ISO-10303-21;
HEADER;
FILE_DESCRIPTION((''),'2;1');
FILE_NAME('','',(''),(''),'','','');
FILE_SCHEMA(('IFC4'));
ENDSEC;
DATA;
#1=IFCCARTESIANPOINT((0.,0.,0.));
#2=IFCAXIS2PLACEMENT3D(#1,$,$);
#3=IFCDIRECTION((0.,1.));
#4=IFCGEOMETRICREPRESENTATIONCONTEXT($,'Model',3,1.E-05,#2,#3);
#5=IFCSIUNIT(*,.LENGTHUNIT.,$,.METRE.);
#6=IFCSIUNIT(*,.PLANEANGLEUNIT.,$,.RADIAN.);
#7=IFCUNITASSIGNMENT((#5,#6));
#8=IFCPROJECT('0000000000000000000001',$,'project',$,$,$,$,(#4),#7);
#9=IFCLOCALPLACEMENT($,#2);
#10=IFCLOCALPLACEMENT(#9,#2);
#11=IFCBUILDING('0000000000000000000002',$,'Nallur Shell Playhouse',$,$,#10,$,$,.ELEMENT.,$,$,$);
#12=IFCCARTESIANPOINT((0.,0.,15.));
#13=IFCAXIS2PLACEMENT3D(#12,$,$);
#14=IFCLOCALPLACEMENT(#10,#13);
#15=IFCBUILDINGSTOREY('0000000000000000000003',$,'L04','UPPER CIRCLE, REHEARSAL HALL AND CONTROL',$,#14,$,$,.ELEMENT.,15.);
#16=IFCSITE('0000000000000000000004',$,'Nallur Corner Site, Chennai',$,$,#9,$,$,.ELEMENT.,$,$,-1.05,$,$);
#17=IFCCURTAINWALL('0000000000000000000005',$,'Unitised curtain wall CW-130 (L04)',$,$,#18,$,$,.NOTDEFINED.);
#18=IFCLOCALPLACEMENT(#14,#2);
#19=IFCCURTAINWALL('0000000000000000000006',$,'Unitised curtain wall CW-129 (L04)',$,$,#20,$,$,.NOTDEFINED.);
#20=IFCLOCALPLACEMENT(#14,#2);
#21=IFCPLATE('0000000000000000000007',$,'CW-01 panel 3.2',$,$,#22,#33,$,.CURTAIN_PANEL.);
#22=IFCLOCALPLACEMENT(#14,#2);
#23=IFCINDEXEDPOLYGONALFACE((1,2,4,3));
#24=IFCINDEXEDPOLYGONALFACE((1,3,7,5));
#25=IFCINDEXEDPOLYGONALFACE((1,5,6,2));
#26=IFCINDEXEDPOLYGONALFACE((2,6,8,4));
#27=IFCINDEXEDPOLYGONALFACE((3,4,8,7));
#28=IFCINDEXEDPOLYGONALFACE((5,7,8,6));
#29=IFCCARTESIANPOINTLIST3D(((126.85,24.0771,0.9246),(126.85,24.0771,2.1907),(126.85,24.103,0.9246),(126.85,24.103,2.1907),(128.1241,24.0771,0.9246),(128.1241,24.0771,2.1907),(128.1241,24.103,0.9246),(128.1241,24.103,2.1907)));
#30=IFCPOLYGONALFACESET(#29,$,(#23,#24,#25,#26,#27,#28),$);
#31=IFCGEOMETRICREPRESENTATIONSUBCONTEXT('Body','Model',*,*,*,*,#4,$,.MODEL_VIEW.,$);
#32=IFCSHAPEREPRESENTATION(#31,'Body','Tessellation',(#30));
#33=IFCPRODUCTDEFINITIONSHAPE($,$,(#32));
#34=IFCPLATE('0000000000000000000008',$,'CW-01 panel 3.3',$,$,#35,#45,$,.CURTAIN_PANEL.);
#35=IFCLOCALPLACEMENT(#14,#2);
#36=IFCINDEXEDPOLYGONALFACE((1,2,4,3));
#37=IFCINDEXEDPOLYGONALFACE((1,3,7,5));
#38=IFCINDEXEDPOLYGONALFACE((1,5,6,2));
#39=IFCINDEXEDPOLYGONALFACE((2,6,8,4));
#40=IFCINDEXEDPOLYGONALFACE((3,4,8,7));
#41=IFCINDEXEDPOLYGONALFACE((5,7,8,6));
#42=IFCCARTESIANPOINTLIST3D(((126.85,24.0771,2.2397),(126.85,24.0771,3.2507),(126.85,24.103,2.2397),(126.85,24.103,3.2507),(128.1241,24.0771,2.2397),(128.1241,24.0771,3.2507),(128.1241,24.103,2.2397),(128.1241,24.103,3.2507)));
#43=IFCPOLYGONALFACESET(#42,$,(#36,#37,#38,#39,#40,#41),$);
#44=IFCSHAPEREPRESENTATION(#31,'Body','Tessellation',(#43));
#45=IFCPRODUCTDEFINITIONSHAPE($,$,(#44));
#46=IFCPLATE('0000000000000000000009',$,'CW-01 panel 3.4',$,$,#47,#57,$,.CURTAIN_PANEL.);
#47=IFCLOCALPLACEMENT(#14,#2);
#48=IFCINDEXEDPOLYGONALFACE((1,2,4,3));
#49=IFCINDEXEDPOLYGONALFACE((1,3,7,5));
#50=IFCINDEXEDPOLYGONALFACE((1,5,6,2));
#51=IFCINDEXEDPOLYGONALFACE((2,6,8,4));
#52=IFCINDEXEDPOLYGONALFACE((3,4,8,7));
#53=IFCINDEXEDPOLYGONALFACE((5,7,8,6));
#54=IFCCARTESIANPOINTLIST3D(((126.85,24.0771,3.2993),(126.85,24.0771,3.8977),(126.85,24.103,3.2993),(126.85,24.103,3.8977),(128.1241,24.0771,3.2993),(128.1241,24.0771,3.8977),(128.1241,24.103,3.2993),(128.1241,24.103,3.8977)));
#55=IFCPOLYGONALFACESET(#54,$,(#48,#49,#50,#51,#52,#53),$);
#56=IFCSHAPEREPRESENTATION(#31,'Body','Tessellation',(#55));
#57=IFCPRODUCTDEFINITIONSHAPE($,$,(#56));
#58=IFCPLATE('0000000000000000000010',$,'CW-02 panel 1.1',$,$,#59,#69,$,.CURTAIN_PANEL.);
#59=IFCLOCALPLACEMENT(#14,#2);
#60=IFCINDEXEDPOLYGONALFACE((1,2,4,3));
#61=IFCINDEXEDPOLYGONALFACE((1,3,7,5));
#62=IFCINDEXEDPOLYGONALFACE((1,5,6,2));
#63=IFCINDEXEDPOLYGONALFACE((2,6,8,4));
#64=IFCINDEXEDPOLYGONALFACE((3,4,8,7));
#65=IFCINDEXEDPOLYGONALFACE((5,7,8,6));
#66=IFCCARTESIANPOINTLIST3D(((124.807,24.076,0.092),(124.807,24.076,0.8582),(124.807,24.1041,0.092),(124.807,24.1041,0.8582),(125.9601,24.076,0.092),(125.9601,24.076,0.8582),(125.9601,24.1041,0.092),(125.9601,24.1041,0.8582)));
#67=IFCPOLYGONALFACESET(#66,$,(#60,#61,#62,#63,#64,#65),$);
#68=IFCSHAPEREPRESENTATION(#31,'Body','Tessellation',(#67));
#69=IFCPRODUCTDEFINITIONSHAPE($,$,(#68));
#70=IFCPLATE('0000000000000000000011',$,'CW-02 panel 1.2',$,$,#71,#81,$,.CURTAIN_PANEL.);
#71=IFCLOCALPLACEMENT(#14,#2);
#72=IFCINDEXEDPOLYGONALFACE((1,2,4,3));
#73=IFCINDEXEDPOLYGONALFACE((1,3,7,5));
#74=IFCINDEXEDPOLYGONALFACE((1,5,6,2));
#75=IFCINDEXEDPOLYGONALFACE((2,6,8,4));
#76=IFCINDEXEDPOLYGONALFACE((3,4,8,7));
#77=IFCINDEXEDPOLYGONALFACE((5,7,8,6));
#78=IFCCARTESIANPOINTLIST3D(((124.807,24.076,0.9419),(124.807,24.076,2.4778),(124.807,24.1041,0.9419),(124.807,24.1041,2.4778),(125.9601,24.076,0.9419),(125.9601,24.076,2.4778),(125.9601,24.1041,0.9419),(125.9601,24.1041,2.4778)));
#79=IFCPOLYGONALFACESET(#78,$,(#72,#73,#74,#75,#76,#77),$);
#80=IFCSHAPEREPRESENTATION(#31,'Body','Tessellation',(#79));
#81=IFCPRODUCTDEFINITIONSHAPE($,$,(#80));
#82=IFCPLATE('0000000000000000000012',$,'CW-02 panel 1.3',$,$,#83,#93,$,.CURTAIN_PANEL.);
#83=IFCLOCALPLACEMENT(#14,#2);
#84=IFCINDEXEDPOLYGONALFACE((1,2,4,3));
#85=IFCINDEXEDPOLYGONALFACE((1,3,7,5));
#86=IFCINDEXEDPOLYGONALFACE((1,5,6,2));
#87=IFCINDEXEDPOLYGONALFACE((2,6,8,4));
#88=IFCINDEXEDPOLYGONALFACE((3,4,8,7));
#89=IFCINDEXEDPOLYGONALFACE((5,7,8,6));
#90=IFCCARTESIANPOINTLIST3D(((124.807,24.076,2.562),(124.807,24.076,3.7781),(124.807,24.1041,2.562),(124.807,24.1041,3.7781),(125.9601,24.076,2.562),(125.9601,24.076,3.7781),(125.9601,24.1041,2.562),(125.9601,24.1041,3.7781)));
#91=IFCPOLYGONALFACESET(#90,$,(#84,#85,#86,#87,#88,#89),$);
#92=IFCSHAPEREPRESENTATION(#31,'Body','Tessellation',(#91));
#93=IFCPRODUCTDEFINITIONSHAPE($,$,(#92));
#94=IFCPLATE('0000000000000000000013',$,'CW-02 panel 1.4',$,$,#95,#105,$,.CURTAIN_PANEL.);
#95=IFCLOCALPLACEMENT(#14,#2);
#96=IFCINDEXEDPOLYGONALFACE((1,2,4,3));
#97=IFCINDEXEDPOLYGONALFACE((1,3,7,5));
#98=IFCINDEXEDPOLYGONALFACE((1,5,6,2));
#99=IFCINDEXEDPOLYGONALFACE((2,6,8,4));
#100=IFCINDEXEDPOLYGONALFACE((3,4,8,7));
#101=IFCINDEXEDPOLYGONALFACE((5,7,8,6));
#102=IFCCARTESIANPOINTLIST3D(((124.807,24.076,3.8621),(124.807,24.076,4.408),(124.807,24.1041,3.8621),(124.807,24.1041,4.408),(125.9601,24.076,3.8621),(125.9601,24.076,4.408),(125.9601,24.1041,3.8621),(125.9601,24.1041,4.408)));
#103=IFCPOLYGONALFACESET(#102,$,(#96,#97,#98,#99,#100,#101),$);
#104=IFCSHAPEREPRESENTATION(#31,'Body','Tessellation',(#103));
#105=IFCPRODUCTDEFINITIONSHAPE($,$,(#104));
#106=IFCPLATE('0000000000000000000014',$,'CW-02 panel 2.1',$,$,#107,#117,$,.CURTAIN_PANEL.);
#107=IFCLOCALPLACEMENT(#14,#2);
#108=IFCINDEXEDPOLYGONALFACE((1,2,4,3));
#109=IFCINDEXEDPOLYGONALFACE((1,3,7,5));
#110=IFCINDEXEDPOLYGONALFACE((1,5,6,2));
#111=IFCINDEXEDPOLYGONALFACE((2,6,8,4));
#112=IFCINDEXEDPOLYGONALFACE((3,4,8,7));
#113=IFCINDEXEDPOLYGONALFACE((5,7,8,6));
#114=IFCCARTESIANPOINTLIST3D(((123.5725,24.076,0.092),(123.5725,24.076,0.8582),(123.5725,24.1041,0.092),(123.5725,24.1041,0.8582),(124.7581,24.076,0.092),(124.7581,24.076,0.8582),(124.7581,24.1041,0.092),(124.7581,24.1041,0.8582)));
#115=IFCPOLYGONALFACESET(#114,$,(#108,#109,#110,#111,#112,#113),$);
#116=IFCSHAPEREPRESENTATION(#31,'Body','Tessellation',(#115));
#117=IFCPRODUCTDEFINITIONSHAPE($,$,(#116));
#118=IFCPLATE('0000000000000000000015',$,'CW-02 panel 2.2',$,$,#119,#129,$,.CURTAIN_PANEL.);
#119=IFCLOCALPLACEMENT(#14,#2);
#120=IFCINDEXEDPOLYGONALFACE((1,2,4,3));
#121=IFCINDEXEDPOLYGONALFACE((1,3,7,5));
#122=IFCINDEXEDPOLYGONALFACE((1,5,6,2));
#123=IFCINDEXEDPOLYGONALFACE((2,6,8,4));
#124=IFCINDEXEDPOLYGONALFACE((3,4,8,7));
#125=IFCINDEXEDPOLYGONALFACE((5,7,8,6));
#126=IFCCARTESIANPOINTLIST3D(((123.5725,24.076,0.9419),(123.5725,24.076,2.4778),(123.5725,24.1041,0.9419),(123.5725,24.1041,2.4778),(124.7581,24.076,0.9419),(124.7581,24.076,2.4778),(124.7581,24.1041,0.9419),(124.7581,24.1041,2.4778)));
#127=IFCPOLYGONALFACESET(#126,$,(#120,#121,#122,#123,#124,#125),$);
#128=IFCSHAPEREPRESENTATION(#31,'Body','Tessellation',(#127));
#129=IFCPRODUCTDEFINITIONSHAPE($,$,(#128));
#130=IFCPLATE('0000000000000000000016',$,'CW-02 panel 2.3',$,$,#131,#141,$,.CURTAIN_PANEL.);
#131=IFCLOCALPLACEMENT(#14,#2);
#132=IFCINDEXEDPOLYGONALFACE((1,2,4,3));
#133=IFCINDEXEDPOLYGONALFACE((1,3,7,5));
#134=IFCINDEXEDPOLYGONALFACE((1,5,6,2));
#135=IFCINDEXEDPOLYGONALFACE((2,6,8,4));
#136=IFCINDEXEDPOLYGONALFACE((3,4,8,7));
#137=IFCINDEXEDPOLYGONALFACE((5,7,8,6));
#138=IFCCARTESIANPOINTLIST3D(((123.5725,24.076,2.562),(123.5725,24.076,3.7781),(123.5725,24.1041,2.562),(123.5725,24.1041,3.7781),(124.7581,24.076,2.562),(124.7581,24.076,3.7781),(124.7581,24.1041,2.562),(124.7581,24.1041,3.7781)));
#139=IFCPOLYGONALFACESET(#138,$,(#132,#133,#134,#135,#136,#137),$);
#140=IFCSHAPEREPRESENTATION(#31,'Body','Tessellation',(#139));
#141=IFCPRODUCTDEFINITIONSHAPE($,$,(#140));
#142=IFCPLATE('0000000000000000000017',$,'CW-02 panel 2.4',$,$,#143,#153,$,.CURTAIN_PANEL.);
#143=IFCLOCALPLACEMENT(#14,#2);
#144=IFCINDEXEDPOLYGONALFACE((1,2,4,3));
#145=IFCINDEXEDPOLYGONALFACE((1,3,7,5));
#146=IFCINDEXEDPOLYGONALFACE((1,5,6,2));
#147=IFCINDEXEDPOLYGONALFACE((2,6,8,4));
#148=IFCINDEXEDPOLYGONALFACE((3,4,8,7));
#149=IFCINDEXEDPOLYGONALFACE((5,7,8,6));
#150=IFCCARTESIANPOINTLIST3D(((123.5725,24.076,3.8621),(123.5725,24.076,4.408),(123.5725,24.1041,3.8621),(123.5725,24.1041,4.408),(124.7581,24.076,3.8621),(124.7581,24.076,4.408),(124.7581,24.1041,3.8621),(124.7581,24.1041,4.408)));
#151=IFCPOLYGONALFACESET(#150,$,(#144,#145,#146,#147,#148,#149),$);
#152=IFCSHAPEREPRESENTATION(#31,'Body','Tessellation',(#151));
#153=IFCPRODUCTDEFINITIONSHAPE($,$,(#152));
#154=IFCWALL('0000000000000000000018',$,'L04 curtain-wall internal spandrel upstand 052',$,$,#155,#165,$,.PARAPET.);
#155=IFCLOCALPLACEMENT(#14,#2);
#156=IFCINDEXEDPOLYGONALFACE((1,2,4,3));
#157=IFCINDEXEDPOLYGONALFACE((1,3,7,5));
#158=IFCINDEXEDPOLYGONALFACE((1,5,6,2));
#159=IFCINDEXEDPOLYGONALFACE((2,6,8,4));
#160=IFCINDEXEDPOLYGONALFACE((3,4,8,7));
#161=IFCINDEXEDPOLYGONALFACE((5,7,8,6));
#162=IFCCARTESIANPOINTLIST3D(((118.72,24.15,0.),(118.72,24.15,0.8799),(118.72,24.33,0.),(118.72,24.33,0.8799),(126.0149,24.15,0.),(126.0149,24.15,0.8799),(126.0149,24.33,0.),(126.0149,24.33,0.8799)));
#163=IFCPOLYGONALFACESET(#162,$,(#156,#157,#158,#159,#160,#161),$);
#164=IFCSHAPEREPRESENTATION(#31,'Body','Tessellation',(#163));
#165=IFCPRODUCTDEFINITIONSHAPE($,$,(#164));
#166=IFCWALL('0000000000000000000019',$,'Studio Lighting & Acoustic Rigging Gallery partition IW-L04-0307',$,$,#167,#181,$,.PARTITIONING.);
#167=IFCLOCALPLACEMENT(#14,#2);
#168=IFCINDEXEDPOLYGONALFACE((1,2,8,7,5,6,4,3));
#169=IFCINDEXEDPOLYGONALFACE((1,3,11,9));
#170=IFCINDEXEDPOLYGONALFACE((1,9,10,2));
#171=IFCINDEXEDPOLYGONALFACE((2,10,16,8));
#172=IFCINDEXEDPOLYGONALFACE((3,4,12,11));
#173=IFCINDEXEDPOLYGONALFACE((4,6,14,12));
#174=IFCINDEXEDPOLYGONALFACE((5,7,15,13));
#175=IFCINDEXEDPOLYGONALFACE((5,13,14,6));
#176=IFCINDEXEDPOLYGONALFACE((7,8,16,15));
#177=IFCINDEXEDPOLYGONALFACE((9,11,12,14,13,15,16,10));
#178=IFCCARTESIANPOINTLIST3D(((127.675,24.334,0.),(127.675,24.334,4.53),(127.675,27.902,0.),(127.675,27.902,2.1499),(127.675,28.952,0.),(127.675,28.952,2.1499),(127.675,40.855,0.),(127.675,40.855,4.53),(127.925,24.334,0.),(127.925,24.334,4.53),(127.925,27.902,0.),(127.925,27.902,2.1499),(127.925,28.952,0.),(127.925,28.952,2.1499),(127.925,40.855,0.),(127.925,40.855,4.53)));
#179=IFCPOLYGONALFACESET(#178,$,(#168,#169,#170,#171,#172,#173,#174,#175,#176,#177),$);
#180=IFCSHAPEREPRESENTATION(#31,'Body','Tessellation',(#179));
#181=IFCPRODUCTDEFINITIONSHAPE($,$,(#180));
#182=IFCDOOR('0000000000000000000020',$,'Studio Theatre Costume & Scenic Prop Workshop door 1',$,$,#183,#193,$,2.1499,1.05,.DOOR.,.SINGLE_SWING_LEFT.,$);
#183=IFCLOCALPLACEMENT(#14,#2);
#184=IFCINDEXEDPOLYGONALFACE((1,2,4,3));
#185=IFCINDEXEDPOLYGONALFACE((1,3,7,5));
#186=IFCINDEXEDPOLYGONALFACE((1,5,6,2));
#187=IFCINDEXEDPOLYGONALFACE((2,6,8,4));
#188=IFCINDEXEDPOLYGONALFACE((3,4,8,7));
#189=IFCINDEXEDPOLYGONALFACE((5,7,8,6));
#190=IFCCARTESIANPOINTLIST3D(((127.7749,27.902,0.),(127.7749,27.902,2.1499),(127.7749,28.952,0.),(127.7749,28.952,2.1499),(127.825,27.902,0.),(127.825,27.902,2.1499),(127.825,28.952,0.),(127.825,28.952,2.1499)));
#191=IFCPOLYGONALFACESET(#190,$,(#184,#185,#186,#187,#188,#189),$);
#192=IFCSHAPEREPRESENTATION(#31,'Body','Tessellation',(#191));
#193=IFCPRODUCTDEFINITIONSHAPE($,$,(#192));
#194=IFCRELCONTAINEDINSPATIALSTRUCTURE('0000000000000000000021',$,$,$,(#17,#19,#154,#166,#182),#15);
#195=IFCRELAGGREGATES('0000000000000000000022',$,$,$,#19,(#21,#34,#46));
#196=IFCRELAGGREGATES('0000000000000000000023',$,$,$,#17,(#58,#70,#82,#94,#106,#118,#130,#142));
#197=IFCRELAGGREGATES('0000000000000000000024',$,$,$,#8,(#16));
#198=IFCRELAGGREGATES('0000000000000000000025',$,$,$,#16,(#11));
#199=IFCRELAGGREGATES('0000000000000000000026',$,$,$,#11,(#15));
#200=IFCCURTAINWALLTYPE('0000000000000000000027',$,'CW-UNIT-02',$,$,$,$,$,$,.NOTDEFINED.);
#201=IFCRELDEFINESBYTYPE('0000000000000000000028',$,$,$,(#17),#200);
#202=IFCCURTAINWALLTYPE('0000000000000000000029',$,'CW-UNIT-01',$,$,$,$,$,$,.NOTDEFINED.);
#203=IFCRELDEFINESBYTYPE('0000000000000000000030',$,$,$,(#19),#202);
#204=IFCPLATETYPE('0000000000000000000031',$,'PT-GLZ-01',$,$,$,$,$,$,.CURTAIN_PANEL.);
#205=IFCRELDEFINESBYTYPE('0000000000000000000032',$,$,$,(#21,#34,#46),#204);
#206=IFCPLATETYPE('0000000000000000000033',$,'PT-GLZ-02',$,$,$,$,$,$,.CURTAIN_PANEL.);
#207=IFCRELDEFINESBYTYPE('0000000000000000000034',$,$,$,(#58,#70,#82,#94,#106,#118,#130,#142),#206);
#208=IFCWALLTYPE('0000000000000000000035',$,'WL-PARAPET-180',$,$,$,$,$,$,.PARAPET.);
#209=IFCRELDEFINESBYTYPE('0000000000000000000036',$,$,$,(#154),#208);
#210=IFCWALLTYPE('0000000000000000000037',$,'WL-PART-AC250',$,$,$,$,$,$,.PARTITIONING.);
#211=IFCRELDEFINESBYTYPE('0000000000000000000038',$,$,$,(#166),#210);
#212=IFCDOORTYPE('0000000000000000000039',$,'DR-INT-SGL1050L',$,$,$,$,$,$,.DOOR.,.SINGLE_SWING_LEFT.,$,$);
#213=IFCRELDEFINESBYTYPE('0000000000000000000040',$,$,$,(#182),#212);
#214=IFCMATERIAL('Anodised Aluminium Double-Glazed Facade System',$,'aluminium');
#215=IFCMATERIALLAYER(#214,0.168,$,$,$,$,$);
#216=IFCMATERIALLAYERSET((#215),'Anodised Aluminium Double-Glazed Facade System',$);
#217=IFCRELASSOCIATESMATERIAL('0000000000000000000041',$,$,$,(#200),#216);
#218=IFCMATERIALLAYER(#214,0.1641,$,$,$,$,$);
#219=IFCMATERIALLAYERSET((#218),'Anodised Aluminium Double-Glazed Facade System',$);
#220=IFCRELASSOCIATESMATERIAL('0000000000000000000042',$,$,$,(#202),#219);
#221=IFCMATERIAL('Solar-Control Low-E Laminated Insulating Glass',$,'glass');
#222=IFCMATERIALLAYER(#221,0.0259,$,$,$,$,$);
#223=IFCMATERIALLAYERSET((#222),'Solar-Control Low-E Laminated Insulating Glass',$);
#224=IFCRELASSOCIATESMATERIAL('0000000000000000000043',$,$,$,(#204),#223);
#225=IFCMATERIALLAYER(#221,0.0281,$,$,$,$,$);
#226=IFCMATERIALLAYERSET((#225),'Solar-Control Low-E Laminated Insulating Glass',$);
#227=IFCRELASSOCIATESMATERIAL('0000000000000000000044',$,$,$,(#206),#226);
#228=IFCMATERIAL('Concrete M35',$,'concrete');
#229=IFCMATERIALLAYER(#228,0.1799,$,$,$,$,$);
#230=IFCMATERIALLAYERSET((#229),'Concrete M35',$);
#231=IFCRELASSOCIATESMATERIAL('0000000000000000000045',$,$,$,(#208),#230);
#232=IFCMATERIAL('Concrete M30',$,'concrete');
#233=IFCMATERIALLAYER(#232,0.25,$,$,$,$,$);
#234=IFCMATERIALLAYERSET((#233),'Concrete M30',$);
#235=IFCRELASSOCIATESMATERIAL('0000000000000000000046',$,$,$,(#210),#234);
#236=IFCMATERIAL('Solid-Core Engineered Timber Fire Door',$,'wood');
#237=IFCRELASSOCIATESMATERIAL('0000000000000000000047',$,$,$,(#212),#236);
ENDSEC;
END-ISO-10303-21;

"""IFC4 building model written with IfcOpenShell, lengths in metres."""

from ifc_helpers import new_model, si_unit, direction, frame, frame_2d, origin, origin_2d, place, context, subcontext, project, spatial, rectangle, extrude, material, layer, layer_set, type_object, element, fill, aggregate, save


model = new_model("IFC4")

# Units and contexts
model_context = context("Model", 3, precision=1e-05, world=origin(), true_north=direction((0.0, 1.0)))
body_context = subcontext(model_context, "Body", "Model", "MODEL_VIEW")
ifc_project = project(units=[si_unit("LENGTHUNIT", "METRE"), si_unit("PLANEANGLEUNIT", "RADIAN")], contexts=[model_context])

# Site, building, storey
site_placement = place(None, origin())
site = spatial("IfcSite", under=ifc_project, at=site_placement, Name="Nallur Corner Site, Chennai", CompositionType="ELEMENT", RefElevation=-1.05)
building_placement = place(site_placement, origin())
building = spatial("IfcBuilding", under=site, at=building_placement, Name="Nallur Shell Playhouse", CompositionType="ELEMENT")
storey_placement = place(building_placement, frame((0.0, 0.0, 15.0)))
storey = spatial("IfcBuildingStorey", under=building, at=storey_placement, Name="L04", Description="UPPER CIRCLE, REHEARSAL HALL AND CONTROL", CompositionType="ELEMENT", Elevation=15.0)

# Shared definitions
ifc_material_1 = material(Name="Concrete M35", Category="concrete")

# Curtain wall
ifc_material_2 = material(Name="Anodised Aluminium Double-Glazed Facade System", Category="aluminium")
ifc_layer_1 = layer(ifc_material_2, 0.168)
ifc_layer_set_1 = layer_set([ifc_layer_1], Name="Anodised Aluminium Double-Glazed Facade System")
curtain_wall_type_1 = type_object("IfcCurtainWallType", Name="CW-UNIT-02", PredefinedType="NOTDEFINED", material=ifc_layer_set_1)
curtain_wall_1_placement = place(storey_placement, origin())
curtain_wall_1 = element("IfcCurtainWall", 1, at=curtain_wall_1_placement, inside=storey, type_object=curtain_wall_type_1, Name="Unitised curtain wall CW-130 (L04)", PredefinedType="NOTDEFINED")

# Curtain wall
ifc_layer_2 = layer(ifc_material_2, 0.1641)
ifc_layer_set_2 = layer_set([ifc_layer_2], Name="Anodised Aluminium Double-Glazed Facade System")
curtain_wall_type_2 = type_object("IfcCurtainWallType", Name="CW-UNIT-01", PredefinedType="NOTDEFINED", material=ifc_layer_set_2)
curtain_wall_2_placement = place(storey_placement, origin())
curtain_wall_2 = element("IfcCurtainWall", 2, at=curtain_wall_2_placement, inside=storey, type_object=curtain_wall_type_2, Name="Unitised curtain wall CW-129 (L04)", PredefinedType="NOTDEFINED")

# Plates
ifc_material_3 = material(Name="Solar-Control Low-E Laminated Insulating Glass", Category="glass")
ifc_layer_3 = layer(ifc_material_3, 0.0259)
ifc_layer_set_3 = layer_set([ifc_layer_3], Name="Solar-Control Low-E Laminated Insulating Glass")
plate_type_1 = type_object("IfcPlateType", Name="PT-GLZ-01", PredefinedType="CURTAIN_PANEL", material=ifc_layer_set_3)
plate_1_placement = place(storey_placement, frame((127.4871, 24.0901, 0.9246), z_axis=(0.0, 0.0, 1.0), x_axis=(-1.0, 0.0, 0.0)))
plate_1 = element("IfcPlate", 3, at=plate_1_placement, type_object=plate_type_1, Name="CW-01 panel 3.2", PredefinedType="CURTAIN_PANEL", context=body_context, shape_type="SweptSolid", body=[
    extrude(rectangle(XDim=1.2742, YDim=0.0259, at=origin_2d()), origin(), (0.0, 0.0, 1.0), 1.2661),
])
plate_2_placement = place(storey_placement, frame((127.4871, 24.0901, 2.2397), z_axis=(0.0, 0.0, 1.0), x_axis=(-1.0, 0.0, 0.0)))
plate_2 = element("IfcPlate", 4, at=plate_2_placement, type_object=plate_type_1, Name="CW-01 panel 3.3", PredefinedType="CURTAIN_PANEL", context=body_context, shape_type="SweptSolid", body=[
    extrude(rectangle(XDim=1.2742, YDim=0.0259, at=origin_2d()), origin(), (0.0, 0.0, 1.0), 1.011),
])
plate_3_placement = place(storey_placement, frame((127.4871, 24.0901, 3.2993), z_axis=(0.0, 0.0, 1.0), x_axis=(-1.0, 0.0, 0.0)))
plate_3 = element("IfcPlate", 5, at=plate_3_placement, type_object=plate_type_1, Name="CW-01 panel 3.4", PredefinedType="CURTAIN_PANEL", context=body_context, shape_type="SweptSolid", body=[
    extrude(rectangle(XDim=1.2742, YDim=0.0259, at=origin_2d()), origin(), (0.0, 0.0, 1.0), 0.5984),
])
aggregate(curtain_wall_2, [plate_1, plate_2, plate_3])
ifc_layer_4 = layer(ifc_material_3, 0.0281)
ifc_layer_set_4 = layer_set([ifc_layer_4], Name="Solar-Control Low-E Laminated Insulating Glass")
plate_type_2 = type_object("IfcPlateType", Name="PT-GLZ-02", PredefinedType="CURTAIN_PANEL", material=ifc_layer_set_4)
plate_4_placement = place(storey_placement, frame((125.3835, 24.0901, 0.092), z_axis=(0.0, 0.0, 1.0), x_axis=(-1.0, 0.0, 0.0)))
plate_4 = element("IfcPlate", 6, at=plate_4_placement, type_object=plate_type_2, Name="CW-02 panel 1.1", PredefinedType="CURTAIN_PANEL", context=body_context, shape_type="SweptSolid", body=[
    extrude(rectangle(XDim=1.1531, YDim=0.0281, at=origin_2d()), origin(), (0.0, 0.0, 1.0), 0.7661),
])
plate_5_placement = place(storey_placement, frame((125.3835, 24.0901, 0.9419), z_axis=(0.0, 0.0, 1.0), x_axis=(-1.0, 0.0, 0.0)))
plate_5 = element("IfcPlate", 7, at=plate_5_placement, type_object=plate_type_2, Name="CW-02 panel 1.2", PredefinedType="CURTAIN_PANEL", context=body_context, shape_type="SweptSolid", body=[
    extrude(rectangle(XDim=1.1531, YDim=0.0281, at=origin_2d()), origin(), (0.0, 0.0, 1.0), 1.5359),
])
plate_6_placement = place(storey_placement, frame((125.3835, 24.0901, 2.562), z_axis=(0.0, 0.0, 1.0), x_axis=(-1.0, 0.0, 0.0)))
plate_6 = element("IfcPlate", 8, at=plate_6_placement, type_object=plate_type_2, Name="CW-02 panel 1.3", PredefinedType="CURTAIN_PANEL", context=body_context, shape_type="SweptSolid", body=[
    extrude(rectangle(XDim=1.1531, YDim=0.0281, at=origin_2d()), origin(), (0.0, 0.0, 1.0), 1.2161),
])
plate_7_placement = place(storey_placement, frame((125.3835, 24.0901, 3.8621), z_axis=(0.0, 0.0, 1.0), x_axis=(-1.0, 0.0, 0.0)))
plate_7 = element("IfcPlate", 9, at=plate_7_placement, type_object=plate_type_2, Name="CW-02 panel 1.4", PredefinedType="CURTAIN_PANEL", context=body_context, shape_type="SweptSolid", body=[
    extrude(rectangle(XDim=1.1531, YDim=0.0281, at=origin_2d()), origin(), (0.0, 0.0, 1.0), 0.5459),
])
plate_8_placement = place(storey_placement, frame((124.1653, 24.0901, 0.092), z_axis=(0.0, 0.0, 1.0), x_axis=(-1.0, 0.0, 0.0)))
plate_8 = element("IfcPlate", 10, at=plate_8_placement, type_object=plate_type_2, Name="CW-02 panel 2.1", PredefinedType="CURTAIN_PANEL", context=body_context, shape_type="SweptSolid", body=[
    extrude(rectangle(XDim=1.1855, YDim=0.0281, at=origin_2d()), origin(), (0.0, 0.0, 1.0), 0.7661),
])
plate_9_placement = place(storey_placement, frame((124.1653, 24.0901, 0.9419), z_axis=(0.0, 0.0, 1.0), x_axis=(-1.0, 0.0, 0.0)))
plate_9 = element("IfcPlate", 11, at=plate_9_placement, type_object=plate_type_2, Name="CW-02 panel 2.2", PredefinedType="CURTAIN_PANEL", context=body_context, shape_type="SweptSolid", body=[
    extrude(rectangle(XDim=1.1855, YDim=0.0281, at=origin_2d()), origin(), (0.0, 0.0, 1.0), 1.5359),
])
plate_10_placement = place(storey_placement, frame((124.1653, 24.0901, 2.562), z_axis=(0.0, 0.0, 1.0), x_axis=(-1.0, 0.0, 0.0)))
plate_10 = element("IfcPlate", 12, at=plate_10_placement, type_object=plate_type_2, Name="CW-02 panel 2.3", PredefinedType="CURTAIN_PANEL", context=body_context, shape_type="SweptSolid", body=[
    extrude(rectangle(XDim=1.1855, YDim=0.0281, at=origin_2d()), origin(), (0.0, 0.0, 1.0), 1.2161),
])
plate_11_placement = place(storey_placement, frame((124.1653, 24.0901, 3.8621), z_axis=(0.0, 0.0, 1.0), x_axis=(-1.0, 0.0, 0.0)))
plate_11 = element("IfcPlate", 13, at=plate_11_placement, type_object=plate_type_2, Name="CW-02 panel 2.4", PredefinedType="CURTAIN_PANEL", context=body_context, shape_type="SweptSolid", body=[
    extrude(rectangle(XDim=1.1855, YDim=0.0281, at=origin_2d()), origin(), (0.0, 0.0, 1.0), 0.5459),
])
aggregate(curtain_wall_1, [plate_4, plate_5, plate_6, plate_7, plate_8, plate_9, plate_10, plate_11])

# Wall
ifc_layer_5 = layer(ifc_material_1, 0.1799)
ifc_layer_set_5 = layer_set([ifc_layer_5], Name="Concrete M35")
wall_type_1 = type_object("IfcWallType", Name="WL-PARAPET-180", PredefinedType="PARAPET", material=ifc_layer_set_5)
wall_1_placement = place(storey_placement, frame((126.0149, 24.24, 0.0), z_axis=(0.0, 0.0, 1.0), x_axis=(-1.0, 0.0, 0.0)))
element("IfcWall", 14, at=wall_1_placement, inside=storey, type_object=wall_type_1, Name="L04 curtain-wall internal spandrel upstand 052", PredefinedType="PARAPET", context=body_context, shape_type="SweptSolid", body=[
    extrude(rectangle(XDim=7.2949, YDim=0.1799, at=frame_2d((3.6475, 0.0))), origin(), (0.0, 0.0, 1.0), 0.8799),
])

# Wall, opening, door
ifc_material_4 = material(Name="Concrete M30", Category="concrete")
ifc_layer_6 = layer(ifc_material_4, 0.25)
ifc_layer_set_6 = layer_set([ifc_layer_6], Name="Concrete M30")
wall_type_2 = type_object("IfcWallType", Name="WL-PART-AC250", PredefinedType="PARTITIONING", material=ifc_layer_set_6)
wall_2_placement = place(storey_placement, frame((127.8, 40.855, 0.0), z_axis=(0.0, 0.0, 1.0), x_axis=(0.0, -1.0, 0.0)))
wall_2 = element("IfcWall", 15, at=wall_2_placement, inside=storey, type_object=wall_type_2, Name="Studio Lighting & Acoustic Rigging Gallery partition IW-L04-0307", PredefinedType="PARTITIONING", context=body_context, shape_type="SweptSolid", body=[
    extrude(rectangle(XDim=16.521, YDim=0.25, at=frame_2d((8.2605, 0.0))), origin(), (0.0, 0.0, 1.0), 4.53),
])
opening_placement = place(wall_2_placement, frame((11.9031, 0.0, 0.0)))
opening = element("IfcOpeningElement", 16, at=opening_placement, cuts=wall_2, PredefinedType="OPENING", context=body_context, shape_type="SweptSolid", body=[
    extrude(rectangle(XDim=1.05, YDim=2.1499, at=frame_2d((0.5249, 1.075))), frame((0.0, 0.135, 0.0), z_axis=(0.0, -1.0, 0.0), x_axis=(1.0, 0.0, 0.0)), (0.0, 0.0, 1.0), 0.27),
])
ifc_material_5 = material(Name="Solid-Core Engineered Timber Fire Door", Category="wood")
door_type = type_object("IfcDoorType", Name="DR-INT-SGL1050L", OperationType="SINGLE_SWING_LEFT", PredefinedType="DOOR", material=ifc_material_5)
door_placement = place(opening_placement, origin())
door = element("IfcDoor", 17, at=door_placement, inside=storey, type_object=door_type, Name="Studio Theatre Costume & Scenic Prop Workshop door 1", OperationType="SINGLE_SWING_LEFT", OverallHeight=2.1499, OverallWidth=1.05, PredefinedType="DOOR", context=body_context, shape_type="SweptSolid", body=[
    extrude(rectangle(XDim=1.05, YDim=2.1499, at=frame_2d((0.5249, 1.075))), frame((0.0, 0.0249, 0.0), z_axis=(0.0, -1.0, 0.0), x_axis=(1.0, 0.0, 0.0)), (0.0, 0.0, 1.0), 0.05),
])
fill(opening, door)

save(model, "model.ifc")
